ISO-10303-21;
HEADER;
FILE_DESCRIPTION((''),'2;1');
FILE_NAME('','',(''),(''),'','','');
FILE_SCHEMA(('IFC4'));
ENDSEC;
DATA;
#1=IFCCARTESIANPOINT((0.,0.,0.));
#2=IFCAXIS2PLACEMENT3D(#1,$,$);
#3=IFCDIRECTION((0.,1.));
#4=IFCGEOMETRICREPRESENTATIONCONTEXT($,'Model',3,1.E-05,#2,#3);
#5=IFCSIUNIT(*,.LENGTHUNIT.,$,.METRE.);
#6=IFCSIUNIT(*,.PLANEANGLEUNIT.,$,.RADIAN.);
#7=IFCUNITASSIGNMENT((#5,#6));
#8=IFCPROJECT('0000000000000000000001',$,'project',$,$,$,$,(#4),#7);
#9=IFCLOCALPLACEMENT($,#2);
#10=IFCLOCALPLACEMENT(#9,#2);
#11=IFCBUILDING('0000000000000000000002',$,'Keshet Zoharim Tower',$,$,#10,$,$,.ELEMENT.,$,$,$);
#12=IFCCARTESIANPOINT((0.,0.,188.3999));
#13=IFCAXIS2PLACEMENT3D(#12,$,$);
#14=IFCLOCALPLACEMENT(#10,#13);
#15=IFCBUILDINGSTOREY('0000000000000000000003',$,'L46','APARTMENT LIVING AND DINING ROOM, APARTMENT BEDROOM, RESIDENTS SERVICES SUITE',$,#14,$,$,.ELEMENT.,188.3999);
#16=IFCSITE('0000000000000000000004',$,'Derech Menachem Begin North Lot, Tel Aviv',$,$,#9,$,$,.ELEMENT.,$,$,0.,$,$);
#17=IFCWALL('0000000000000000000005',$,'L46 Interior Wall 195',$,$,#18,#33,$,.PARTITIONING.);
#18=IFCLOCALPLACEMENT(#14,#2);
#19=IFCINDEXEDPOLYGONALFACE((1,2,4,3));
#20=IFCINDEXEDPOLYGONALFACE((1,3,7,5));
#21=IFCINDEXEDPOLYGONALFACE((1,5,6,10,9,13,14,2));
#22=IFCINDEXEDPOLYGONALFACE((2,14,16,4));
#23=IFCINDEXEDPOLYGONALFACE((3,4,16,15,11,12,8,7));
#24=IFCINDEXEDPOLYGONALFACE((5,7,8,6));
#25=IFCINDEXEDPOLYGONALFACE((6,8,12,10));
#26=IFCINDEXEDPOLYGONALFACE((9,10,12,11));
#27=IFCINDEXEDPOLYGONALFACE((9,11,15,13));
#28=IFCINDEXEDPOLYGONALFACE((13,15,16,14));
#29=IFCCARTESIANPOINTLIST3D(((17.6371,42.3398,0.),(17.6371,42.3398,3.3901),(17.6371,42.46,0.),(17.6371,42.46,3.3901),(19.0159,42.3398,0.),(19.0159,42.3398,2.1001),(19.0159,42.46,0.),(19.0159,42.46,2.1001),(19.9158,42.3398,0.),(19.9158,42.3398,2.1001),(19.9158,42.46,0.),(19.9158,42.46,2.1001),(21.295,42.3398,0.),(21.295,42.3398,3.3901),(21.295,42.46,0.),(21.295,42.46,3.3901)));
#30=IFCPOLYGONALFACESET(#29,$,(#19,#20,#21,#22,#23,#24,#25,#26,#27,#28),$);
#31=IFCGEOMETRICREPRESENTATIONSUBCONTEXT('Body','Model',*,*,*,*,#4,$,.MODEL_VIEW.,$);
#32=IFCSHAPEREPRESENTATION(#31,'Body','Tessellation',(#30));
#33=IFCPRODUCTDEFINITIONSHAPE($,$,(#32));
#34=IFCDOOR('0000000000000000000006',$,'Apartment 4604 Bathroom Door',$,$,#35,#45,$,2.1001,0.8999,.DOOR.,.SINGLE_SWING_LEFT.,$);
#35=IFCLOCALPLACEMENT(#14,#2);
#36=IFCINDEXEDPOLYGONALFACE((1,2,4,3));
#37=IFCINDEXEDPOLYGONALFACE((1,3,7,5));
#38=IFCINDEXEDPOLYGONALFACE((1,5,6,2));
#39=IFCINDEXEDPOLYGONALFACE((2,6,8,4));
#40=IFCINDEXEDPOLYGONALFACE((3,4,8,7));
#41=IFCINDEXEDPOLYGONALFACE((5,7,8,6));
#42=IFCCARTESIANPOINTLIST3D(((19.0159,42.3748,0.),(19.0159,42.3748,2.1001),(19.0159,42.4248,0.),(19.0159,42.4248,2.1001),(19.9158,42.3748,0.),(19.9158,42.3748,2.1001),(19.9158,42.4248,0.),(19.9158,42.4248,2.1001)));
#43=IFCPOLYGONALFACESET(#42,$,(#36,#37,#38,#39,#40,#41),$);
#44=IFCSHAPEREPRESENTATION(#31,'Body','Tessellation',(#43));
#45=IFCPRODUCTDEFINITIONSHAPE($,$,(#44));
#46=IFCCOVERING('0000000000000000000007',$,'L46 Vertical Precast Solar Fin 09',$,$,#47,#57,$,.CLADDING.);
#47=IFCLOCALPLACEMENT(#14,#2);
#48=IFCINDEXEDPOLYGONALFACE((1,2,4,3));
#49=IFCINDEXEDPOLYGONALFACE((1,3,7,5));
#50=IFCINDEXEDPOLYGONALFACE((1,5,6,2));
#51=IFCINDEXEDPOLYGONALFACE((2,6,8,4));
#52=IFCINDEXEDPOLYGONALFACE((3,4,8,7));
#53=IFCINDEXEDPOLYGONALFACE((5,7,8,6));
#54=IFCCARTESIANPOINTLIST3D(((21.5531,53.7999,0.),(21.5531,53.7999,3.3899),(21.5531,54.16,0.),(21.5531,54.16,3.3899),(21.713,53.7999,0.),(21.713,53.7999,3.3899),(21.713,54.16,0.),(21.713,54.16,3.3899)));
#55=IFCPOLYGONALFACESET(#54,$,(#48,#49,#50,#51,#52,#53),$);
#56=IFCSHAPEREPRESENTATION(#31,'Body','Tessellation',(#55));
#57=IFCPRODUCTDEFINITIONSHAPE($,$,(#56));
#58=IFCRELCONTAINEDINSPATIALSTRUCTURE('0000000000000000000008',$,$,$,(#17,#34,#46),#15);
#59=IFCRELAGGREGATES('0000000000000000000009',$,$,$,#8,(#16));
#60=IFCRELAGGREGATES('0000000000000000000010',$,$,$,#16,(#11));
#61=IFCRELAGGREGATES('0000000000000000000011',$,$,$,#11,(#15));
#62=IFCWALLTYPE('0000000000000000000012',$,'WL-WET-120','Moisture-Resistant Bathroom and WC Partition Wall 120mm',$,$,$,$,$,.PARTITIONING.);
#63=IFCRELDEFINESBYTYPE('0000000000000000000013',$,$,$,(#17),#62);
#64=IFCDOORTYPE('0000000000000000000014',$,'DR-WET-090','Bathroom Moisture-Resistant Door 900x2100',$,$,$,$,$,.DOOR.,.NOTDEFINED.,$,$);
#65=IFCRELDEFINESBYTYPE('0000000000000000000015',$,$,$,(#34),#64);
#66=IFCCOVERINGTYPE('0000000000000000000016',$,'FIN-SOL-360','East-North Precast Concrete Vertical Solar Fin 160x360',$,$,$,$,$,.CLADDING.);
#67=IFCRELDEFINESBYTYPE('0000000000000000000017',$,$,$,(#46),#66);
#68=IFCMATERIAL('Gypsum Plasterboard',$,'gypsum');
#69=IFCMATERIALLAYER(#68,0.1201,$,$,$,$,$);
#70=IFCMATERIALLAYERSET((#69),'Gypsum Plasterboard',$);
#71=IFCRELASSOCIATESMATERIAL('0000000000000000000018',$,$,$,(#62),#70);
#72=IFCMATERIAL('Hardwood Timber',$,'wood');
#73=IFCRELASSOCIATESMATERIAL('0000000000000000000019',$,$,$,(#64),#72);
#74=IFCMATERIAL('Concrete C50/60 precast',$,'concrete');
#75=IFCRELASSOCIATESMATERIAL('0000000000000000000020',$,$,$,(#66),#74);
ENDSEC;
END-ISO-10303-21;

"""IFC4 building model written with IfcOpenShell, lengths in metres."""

from ifc_helpers import new_model, si_unit, direction, frame, frame_2d, origin, origin_2d, place, context, subcontext, project, spatial, rectangle, extrude, material, layer, layer_set, type_object, element, fill, save


model = new_model("IFC4")

# Units and contexts
model_context = context("Model", 3, precision=1e-05, world=origin(), true_north=direction((0.0, 1.0)))
body_context = subcontext(model_context, "Body", "Model", "MODEL_VIEW")
ifc_project = project(units=[si_unit("LENGTHUNIT", "METRE"), si_unit("PLANEANGLEUNIT", "RADIAN")], contexts=[model_context])

# Site, building, storey
site_placement = place(None, origin())
site = spatial("IfcSite", under=ifc_project, at=site_placement, Name="Derech Menachem Begin North Lot, Tel Aviv", CompositionType="ELEMENT", RefElevation=0.0)
building_placement = place(site_placement, origin())
building = spatial("IfcBuilding", under=site, at=building_placement, Name="Keshet Zoharim Tower", CompositionType="ELEMENT")
storey_placement = place(building_placement, frame((0.0, 0.0, 188.3999)))
storey = spatial("IfcBuildingStorey", under=building, at=storey_placement, Name="L46", Description="APARTMENT LIVING AND DINING ROOM, APARTMENT BEDROOM, RESIDENTS SERVICES SUITE", CompositionType="ELEMENT", Elevation=188.3999)

# Shared definitions
ifc_material_1 = material(Name="Gypsum Plasterboard", Category="gypsum")

# Shared definitions
ifc_material_2 = material(Name="Hardwood Timber", Category="wood")

# Shared definitions
ifc_layer_1 = layer(ifc_material_1, 0.1201)
ifc_layer_set_1 = layer_set([ifc_layer_1], Name="Gypsum Plasterboard")
wall_type_1 = type_object("IfcWallType", Name="WL-WET-120", Description="Moisture-Resistant Bathroom and WC Partition Wall 120mm", PredefinedType="PARTITIONING", material=ifc_layer_set_1)

# Wall, opening, door
wall_1_placement = place(storey_placement, frame((17.637, 42.3999, 0.0), z_axis=(0.0, 0.0, 1.0), x_axis=(1.0, 0.0, 0.0)))
wall_1 = element("IfcWall", 1, at=wall_1_placement, inside=storey, type_object=wall_type_1, Name="L46 Interior Wall 195", PredefinedType="PARTITIONING", context=body_context, shape_type="SweptSolid", body=[
    extrude(rectangle(XDim=3.658, YDim=0.1201, at=frame_2d((1.8291, 0.0))), origin(), (0.0, 0.0, 1.0), 3.3901),
])
opening_1_placement = place(wall_1_placement, frame((1.3789, 0.0, 0.0)))
opening_1 = element("IfcOpeningElement", 2, at=opening_1_placement, cuts=wall_1, PredefinedType="OPENING", context=body_context, shape_type="SweptSolid", body=[
    extrude(rectangle(XDim=0.8999, YDim=2.1001, at=frame_2d((0.45, 1.05))), frame((0.0, 0.0701, 0.0), z_axis=(0.0, -1.0, 0.0), x_axis=(1.0, 0.0, 0.0)), (0.0, 0.0, 1.0), 0.1401),
])
door_type_1 = type_object("IfcDoorType", Name="DR-WET-090", Description="Bathroom Moisture-Resistant Door 900x2100", OperationType="NOTDEFINED", PredefinedType="DOOR", material=ifc_material_2)
door_1_placement = place(opening_1_placement, origin())
door_1 = element("IfcDoor", 3, at=door_1_placement, inside=storey, type_object=door_type_1, Name="Apartment 4604 Bathroom Door", OperationType="SINGLE_SWING_LEFT", OverallHeight=2.1001, OverallWidth=0.8999, PredefinedType="DOOR", context=body_context, shape_type="SweptSolid", body=[
    extrude(rectangle(XDim=0.8999, YDim=2.1001, at=frame_2d((0.45, 1.05))), frame((0.0, 0.0249, 0.0), z_axis=(0.0, -1.0, 0.0), x_axis=(1.0, 0.0, 0.0)), (0.0, 0.0, 1.0), 0.05),
])
fill(opening_1, door_1)

# Covering
ifc_material_3 = material(Name="Concrete C50/60 precast", Category="concrete")
covering_type = type_object("IfcCoveringType", Name="FIN-SOL-360", Description="East-North Precast Concrete Vertical Solar Fin 160x360", PredefinedType="CLADDING", material=ifc_material_3)
covering_placement = place(storey_placement, frame((21.6331, 53.98, 0.0), z_axis=(0.0, 0.0, 1.0), x_axis=(1.0, 0.0, 0.0)))
element("IfcCovering", 4, at=covering_placement, inside=storey, type_object=covering_type, Name="L46 Vertical Precast Solar Fin 09", PredefinedType="CLADDING", context=body_context, shape_type="SweptSolid", body=[
    extrude(rectangle(XDim=0.1599, YDim=0.3601, at=origin_2d()), origin(), (0.0, 0.0, 1.0), 3.3899),
])

save(model, "model.ifc")
